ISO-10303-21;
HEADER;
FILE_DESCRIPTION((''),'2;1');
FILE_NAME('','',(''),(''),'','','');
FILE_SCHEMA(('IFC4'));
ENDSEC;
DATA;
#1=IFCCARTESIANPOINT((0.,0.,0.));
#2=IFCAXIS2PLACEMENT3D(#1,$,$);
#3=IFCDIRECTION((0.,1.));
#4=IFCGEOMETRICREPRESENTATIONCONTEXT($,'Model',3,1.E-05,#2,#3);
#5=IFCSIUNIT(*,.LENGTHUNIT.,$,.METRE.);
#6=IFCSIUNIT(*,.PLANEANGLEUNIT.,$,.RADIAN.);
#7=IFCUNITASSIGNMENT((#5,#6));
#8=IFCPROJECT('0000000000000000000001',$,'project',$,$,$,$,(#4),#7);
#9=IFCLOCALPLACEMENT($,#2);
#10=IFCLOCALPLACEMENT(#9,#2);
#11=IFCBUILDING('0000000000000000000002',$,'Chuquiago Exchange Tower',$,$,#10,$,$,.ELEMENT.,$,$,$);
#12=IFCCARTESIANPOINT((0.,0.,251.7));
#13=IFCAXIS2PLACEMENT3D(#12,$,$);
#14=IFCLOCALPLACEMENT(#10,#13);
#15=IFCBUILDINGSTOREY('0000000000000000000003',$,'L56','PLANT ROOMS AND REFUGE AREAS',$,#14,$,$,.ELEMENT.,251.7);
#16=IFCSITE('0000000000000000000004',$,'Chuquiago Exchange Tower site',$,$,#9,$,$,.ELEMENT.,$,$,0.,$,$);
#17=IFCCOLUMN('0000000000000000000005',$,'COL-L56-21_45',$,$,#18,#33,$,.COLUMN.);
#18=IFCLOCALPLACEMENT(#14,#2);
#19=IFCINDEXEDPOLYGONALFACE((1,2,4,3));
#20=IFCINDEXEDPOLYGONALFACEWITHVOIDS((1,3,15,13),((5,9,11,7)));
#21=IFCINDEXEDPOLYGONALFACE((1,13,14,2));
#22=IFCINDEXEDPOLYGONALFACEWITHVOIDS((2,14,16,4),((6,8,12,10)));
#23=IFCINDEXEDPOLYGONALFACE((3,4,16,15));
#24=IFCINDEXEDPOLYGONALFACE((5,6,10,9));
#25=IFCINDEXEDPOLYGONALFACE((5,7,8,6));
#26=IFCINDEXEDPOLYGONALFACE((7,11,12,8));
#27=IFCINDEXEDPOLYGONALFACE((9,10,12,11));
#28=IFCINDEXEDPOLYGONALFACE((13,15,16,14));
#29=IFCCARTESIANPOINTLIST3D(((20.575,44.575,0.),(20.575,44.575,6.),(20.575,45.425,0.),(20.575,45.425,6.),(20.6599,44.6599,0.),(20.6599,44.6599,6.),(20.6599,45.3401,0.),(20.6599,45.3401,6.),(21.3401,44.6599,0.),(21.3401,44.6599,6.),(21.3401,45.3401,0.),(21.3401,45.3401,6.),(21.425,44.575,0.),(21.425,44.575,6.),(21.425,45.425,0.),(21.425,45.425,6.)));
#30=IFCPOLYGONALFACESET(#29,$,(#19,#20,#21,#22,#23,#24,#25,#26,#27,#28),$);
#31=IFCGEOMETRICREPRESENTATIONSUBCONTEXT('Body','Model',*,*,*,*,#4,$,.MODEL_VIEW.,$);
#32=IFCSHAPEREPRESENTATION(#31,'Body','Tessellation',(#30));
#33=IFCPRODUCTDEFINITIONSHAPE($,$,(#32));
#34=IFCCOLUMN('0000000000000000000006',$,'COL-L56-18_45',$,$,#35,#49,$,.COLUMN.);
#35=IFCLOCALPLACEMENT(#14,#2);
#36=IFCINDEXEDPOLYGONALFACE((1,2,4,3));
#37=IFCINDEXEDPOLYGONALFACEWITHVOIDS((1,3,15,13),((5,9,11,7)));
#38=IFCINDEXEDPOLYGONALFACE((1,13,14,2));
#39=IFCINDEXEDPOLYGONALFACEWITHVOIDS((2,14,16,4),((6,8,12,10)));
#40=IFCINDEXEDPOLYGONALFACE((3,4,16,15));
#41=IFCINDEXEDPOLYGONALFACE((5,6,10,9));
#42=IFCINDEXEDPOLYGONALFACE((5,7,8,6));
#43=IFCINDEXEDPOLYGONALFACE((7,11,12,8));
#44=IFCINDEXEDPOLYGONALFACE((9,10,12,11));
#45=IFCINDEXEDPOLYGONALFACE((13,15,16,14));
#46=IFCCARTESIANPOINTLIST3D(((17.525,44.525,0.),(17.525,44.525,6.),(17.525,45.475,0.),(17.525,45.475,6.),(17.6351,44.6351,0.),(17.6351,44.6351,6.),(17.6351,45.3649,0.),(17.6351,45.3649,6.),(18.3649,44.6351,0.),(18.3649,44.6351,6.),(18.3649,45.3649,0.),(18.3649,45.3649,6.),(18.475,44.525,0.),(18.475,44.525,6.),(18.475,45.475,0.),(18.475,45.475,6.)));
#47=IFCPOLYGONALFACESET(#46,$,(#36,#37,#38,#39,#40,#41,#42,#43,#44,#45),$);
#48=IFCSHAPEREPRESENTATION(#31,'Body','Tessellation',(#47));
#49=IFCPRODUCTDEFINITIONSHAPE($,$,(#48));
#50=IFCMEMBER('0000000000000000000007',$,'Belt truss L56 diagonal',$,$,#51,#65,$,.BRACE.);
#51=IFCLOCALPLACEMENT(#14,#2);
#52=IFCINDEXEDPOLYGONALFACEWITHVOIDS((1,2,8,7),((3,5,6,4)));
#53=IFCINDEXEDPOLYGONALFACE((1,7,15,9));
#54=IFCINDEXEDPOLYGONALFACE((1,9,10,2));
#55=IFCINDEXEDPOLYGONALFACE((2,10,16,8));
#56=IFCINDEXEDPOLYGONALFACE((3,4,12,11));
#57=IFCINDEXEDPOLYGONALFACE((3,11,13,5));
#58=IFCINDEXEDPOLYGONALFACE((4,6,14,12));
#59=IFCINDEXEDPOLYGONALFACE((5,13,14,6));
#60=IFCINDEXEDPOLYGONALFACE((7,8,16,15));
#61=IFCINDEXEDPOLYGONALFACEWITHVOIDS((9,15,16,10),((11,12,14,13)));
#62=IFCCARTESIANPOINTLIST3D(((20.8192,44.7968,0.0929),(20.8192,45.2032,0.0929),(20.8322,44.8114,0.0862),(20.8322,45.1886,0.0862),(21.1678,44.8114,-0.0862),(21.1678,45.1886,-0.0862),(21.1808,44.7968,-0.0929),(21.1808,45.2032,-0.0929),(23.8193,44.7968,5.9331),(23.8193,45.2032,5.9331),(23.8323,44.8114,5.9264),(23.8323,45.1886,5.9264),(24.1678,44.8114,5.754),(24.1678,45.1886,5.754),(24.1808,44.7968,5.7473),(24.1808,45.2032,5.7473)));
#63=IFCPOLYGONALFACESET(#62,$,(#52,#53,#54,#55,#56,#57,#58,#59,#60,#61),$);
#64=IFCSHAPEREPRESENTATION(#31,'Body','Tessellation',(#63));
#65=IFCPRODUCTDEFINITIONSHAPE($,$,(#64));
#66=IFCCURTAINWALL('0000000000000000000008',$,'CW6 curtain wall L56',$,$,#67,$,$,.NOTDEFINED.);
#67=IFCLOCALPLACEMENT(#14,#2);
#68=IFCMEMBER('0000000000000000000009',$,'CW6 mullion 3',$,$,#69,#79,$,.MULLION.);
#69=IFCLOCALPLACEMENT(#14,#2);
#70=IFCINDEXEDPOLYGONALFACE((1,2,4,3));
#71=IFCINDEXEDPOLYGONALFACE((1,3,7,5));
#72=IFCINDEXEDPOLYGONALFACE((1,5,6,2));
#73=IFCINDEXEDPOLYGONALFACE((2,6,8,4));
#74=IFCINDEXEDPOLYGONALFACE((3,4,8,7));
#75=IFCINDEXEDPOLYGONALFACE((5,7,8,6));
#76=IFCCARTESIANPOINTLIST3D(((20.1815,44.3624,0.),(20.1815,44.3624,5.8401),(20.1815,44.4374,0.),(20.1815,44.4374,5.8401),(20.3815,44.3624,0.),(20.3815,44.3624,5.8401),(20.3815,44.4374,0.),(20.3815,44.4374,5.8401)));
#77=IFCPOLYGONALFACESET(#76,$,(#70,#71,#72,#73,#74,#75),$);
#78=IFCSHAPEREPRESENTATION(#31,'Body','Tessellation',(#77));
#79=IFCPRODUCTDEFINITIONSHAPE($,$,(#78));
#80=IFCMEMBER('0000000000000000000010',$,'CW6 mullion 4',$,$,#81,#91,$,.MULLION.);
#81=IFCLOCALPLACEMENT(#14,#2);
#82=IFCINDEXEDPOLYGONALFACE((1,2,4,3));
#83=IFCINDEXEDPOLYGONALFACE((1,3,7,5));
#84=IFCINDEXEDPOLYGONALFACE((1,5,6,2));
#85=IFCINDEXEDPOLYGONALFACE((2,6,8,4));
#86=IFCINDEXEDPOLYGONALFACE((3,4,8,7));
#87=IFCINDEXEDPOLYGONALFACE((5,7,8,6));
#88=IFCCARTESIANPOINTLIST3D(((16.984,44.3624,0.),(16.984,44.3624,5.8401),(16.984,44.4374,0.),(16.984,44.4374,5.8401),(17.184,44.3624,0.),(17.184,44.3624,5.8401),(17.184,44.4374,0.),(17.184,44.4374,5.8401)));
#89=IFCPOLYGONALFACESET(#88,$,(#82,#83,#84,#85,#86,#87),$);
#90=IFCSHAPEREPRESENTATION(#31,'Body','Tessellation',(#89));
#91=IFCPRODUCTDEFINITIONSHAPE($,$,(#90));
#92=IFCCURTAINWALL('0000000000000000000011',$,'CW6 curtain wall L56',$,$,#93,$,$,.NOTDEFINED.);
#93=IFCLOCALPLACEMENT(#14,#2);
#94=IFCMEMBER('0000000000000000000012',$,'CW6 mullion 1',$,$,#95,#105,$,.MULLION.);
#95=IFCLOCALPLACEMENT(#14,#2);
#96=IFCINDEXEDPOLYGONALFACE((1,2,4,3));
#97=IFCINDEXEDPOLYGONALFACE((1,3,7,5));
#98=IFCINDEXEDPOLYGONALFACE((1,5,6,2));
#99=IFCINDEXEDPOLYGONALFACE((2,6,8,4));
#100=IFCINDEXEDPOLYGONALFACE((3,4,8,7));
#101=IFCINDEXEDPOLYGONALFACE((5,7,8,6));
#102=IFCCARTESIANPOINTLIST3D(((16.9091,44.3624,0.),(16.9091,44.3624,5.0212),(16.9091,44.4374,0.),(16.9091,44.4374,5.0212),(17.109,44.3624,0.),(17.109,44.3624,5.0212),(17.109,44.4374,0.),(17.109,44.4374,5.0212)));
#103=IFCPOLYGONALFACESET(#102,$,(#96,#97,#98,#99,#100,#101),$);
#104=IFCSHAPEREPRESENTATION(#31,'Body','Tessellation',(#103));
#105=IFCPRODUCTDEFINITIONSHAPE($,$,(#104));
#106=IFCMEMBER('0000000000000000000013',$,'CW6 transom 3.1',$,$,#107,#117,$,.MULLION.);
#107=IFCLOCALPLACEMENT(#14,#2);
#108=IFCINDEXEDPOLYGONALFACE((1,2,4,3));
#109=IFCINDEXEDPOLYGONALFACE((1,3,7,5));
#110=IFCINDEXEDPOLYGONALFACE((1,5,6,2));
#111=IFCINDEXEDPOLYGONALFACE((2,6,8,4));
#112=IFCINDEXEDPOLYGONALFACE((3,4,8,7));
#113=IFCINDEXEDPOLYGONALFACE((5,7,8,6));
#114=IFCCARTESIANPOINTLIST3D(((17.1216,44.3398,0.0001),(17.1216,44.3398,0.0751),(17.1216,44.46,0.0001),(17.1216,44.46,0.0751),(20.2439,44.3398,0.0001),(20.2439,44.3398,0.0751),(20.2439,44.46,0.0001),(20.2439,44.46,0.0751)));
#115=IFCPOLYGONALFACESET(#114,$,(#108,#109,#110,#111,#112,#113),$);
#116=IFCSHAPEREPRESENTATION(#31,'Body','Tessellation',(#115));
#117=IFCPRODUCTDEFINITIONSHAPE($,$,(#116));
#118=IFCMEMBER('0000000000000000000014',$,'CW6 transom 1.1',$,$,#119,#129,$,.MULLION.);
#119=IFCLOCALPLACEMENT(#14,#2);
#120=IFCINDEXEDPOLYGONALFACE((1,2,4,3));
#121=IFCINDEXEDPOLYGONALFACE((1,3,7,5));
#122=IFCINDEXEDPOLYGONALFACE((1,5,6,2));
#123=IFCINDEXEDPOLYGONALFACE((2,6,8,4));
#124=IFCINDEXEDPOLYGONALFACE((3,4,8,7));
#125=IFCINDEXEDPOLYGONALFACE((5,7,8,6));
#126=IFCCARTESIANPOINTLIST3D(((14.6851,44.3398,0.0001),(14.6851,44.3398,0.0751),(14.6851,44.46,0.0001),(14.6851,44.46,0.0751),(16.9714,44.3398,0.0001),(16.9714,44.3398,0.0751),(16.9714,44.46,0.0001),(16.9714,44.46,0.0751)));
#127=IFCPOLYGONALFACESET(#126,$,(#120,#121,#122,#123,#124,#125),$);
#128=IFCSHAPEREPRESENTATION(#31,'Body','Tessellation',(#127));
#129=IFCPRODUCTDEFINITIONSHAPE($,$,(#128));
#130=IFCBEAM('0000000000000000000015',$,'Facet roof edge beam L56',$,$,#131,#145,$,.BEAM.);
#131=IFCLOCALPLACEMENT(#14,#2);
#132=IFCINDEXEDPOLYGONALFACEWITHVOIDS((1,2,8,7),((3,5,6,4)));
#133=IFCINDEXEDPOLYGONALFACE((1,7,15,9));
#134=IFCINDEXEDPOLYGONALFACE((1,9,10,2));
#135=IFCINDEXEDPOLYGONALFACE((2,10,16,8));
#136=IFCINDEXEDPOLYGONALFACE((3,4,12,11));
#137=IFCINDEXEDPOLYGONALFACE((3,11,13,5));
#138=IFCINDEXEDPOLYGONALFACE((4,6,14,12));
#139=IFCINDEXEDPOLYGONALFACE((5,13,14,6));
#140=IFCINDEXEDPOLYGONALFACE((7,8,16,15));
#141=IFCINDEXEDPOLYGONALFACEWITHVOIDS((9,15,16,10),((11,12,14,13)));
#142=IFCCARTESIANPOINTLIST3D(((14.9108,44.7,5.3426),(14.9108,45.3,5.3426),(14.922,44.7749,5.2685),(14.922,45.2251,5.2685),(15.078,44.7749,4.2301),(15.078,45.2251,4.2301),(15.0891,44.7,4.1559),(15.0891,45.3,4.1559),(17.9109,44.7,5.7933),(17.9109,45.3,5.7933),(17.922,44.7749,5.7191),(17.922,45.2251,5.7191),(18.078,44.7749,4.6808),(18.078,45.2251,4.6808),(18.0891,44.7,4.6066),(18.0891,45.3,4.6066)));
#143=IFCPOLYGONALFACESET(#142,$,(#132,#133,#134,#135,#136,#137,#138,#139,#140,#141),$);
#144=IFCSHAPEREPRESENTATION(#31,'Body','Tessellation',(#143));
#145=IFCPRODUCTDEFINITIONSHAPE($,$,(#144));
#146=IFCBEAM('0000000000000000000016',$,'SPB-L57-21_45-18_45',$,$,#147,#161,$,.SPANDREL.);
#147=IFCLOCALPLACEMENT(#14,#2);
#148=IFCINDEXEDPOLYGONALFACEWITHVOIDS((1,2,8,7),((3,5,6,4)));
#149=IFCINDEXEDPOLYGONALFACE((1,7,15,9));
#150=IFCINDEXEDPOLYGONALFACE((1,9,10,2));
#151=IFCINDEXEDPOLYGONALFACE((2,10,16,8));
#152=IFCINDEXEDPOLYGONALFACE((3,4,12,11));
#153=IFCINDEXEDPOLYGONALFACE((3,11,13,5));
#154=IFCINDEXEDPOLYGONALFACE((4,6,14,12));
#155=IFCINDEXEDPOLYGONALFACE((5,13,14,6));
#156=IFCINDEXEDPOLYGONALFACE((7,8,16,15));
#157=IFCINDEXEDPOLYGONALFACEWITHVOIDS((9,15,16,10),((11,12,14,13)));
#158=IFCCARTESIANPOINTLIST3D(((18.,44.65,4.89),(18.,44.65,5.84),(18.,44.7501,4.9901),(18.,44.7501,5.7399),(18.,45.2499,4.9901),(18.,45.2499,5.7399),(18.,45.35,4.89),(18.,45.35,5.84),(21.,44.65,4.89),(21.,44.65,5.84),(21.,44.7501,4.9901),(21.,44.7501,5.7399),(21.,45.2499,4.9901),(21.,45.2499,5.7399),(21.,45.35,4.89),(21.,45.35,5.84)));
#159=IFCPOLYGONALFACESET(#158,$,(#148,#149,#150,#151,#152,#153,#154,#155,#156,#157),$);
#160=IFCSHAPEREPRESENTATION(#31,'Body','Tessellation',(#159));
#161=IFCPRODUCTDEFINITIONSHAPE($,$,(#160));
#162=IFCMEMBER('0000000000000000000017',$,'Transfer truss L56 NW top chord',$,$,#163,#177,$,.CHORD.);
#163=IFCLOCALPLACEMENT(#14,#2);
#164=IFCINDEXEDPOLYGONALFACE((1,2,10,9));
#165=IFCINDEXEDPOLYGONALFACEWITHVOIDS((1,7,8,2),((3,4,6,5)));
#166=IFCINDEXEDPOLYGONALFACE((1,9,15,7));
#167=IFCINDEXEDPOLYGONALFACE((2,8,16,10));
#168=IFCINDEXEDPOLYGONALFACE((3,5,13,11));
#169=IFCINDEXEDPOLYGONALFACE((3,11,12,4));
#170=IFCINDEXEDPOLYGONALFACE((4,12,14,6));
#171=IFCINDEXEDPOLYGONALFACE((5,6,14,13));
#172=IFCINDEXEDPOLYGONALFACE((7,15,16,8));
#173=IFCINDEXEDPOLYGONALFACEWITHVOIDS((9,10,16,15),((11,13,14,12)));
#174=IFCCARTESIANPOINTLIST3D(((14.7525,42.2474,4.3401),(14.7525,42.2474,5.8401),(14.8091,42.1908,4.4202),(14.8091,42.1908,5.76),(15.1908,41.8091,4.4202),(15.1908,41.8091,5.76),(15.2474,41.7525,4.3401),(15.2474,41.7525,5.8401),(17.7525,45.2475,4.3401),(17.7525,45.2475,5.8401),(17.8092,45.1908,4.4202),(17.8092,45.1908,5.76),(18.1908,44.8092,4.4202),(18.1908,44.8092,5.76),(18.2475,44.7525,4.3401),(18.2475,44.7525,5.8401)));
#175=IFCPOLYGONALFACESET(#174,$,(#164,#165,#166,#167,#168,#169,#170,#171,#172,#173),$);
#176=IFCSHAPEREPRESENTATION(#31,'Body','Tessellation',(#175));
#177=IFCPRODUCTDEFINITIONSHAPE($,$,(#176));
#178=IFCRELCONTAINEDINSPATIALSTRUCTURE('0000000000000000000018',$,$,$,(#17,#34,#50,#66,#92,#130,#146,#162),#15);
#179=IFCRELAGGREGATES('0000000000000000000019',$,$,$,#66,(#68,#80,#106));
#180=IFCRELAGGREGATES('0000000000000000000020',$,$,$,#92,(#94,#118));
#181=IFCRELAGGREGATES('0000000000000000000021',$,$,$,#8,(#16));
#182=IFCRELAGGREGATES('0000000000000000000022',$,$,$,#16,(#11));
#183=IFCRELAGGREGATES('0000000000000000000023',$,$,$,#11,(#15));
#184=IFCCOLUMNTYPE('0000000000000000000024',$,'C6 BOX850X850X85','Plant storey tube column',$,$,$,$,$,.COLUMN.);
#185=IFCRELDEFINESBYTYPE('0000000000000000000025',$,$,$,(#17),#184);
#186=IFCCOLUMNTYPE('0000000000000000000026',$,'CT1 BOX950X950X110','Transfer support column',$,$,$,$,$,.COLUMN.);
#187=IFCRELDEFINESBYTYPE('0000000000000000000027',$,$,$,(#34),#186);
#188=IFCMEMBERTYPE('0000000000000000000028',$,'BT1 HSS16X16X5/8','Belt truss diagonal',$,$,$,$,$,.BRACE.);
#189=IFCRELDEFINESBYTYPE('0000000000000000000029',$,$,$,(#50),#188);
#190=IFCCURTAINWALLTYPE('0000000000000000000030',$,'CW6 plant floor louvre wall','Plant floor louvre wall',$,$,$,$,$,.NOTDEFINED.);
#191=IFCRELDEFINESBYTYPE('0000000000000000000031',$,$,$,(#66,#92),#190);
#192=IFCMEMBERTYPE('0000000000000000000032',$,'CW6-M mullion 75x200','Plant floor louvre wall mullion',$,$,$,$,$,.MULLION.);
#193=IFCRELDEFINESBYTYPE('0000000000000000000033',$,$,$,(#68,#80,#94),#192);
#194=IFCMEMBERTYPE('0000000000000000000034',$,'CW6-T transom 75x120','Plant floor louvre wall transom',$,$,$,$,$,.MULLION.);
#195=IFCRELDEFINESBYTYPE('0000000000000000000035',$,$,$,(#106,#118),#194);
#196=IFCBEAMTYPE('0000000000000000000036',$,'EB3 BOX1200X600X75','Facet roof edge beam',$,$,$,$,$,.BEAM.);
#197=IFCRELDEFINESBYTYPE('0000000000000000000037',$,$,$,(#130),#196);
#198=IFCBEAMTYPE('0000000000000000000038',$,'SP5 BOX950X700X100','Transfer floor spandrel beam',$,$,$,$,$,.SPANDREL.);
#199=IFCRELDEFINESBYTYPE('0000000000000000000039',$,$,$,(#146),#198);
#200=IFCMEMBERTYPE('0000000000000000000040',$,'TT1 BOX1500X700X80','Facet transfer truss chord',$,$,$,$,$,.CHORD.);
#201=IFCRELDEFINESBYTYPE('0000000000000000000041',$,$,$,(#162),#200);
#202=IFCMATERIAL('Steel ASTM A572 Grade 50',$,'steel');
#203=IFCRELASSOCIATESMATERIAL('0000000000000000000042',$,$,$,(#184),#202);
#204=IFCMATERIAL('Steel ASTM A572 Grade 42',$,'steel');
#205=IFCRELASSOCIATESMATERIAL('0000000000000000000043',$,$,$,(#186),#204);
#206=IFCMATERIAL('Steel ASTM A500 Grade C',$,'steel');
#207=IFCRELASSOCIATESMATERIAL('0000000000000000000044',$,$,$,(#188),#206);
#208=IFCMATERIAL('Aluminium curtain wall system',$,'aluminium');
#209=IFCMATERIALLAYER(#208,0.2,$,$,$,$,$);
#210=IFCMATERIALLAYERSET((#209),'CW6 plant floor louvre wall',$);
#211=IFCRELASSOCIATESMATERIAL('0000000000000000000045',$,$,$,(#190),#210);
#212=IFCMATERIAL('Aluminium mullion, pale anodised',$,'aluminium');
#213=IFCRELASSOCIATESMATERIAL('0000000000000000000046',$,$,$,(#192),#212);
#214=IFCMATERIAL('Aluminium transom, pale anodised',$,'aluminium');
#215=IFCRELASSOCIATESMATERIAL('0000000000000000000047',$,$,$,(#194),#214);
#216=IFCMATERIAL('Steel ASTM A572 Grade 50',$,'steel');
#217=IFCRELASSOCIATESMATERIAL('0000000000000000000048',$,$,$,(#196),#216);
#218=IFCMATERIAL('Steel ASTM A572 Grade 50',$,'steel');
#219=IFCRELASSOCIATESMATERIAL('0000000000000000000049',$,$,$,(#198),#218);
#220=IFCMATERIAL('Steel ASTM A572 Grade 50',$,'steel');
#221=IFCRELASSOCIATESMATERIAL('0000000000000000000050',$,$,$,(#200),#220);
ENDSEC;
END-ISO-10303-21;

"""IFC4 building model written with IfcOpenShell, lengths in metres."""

from ifc_helpers import new_model, si_unit, direction, frame, origin, origin_2d, place, context, subcontext, project, spatial, rectangle, hollow_rectangle, extrude, material, layer, layer_set, material_profile, profile_set, type_object, element, aggregate, save


model = new_model("IFC4")

# Units and contexts
model_context = context("Model", 3, precision=1e-05, world=origin(), true_north=direction((0.0, 1.0)))
body_context = subcontext(model_context, "Body", "Model", "MODEL_VIEW")
ifc_project = project(units=[si_unit("LENGTHUNIT", "METRE"), si_unit("PLANEANGLEUNIT", "RADIAN")], contexts=[model_context])

# Site, building, storey
site_placement = place(None, origin())
site = spatial("IfcSite", under=ifc_project, at=site_placement, Name="Chuquiago Exchange Tower site", CompositionType="ELEMENT", RefElevation=0.0)
building_placement = place(site_placement, origin())
building = spatial("IfcBuilding", under=site, at=building_placement, Name="Chuquiago Exchange Tower", CompositionType="ELEMENT")
storey_placement = place(building_placement, frame((0.0, 0.0, 251.7)))
storey = spatial("IfcBuildingStorey", under=building, at=storey_placement, Name="L56", Description="PLANT ROOMS AND REFUGE AREAS", CompositionType="ELEMENT", Elevation=251.7)

# Columns
ifc_material_1 = material(Name="Steel ASTM A572 Grade 50", Category="steel")
ifc_material_profile_1 = material_profile(ifc_material_1, hollow_rectangle(XDim=0.8501, YDim=0.8501, WallThickness=0.085, at=origin_2d()), Name="BOX850X850X85")
ifc_profile_set_1 = profile_set([ifc_material_profile_1], Name="Steel ASTM A572 Grade 50")
column_type_1 = type_object("IfcColumnType", Name="C6 BOX850X850X85", Description="Plant storey tube column", PredefinedType="COLUMN", material=ifc_profile_set_1)
column_1_placement = place(storey_placement, frame((21.0, 45.0, 0.0), z_axis=(0.0, 0.0, 1.0), x_axis=(0.0, 1.0, 0.0)))
element("IfcColumn", 1, at=column_1_placement, inside=storey, type_object=column_type_1, Name="COL-L56-21_45", PredefinedType="COLUMN", context=body_context, shape_type="SweptSolid", body=[
    extrude(hollow_rectangle(XDim=0.8501, YDim=0.8501, WallThickness=0.085, at=origin_2d()), origin(), (0.0, 0.0, 1.0), 6.0),
])
ifc_material_2 = material(Name="Steel ASTM A572 Grade 42", Category="steel")
ifc_material_profile_2 = material_profile(ifc_material_2, hollow_rectangle(XDim=0.95, YDim=0.95, WallThickness=0.1101, at=origin_2d()), Name="BOX950X950X110")
ifc_profile_set_2 = profile_set([ifc_material_profile_2], Name="Steel ASTM A572 Grade 42")
column_type_2 = type_object("IfcColumnType", Name="CT1 BOX950X950X110", Description="Transfer support column", PredefinedType="COLUMN", material=ifc_profile_set_2)
column_2_placement = place(storey_placement, frame((18.0, 45.0, 0.0), z_axis=(0.0, 0.0, 1.0), x_axis=(0.0, 1.0, 0.0)))
element("IfcColumn", 2, at=column_2_placement, inside=storey, type_object=column_type_2, Name="COL-L56-18_45", PredefinedType="COLUMN", context=body_context, shape_type="SweptSolid", body=[
    extrude(hollow_rectangle(XDim=0.95, YDim=0.95, WallThickness=0.1101, at=origin_2d()), origin(), (0.0, 0.0, 1.0), 6.0),
])

# Member
ifc_material_3 = material(Name="Steel ASTM A500 Grade C", Category="steel")
ifc_material_profile_3 = material_profile(ifc_material_3, hollow_rectangle(XDim=0.4065, YDim=0.4065, WallThickness=0.0146, at=origin_2d()), Name="HSS16X16X5/8")
ifc_profile_set_3 = profile_set([ifc_material_profile_3], Name="Steel ASTM A500 Grade C")
member_type_1 = type_object("IfcMemberType", Name="BT1 HSS16X16X5/8", Description="Belt truss diagonal", PredefinedType="BRACE", material=ifc_profile_set_3)
member_1_placement = place(storey_placement, frame((21.0, 45.0, 0.0), z_axis=(0.45693, 0.0, 0.889503), x_axis=(0.0, 1.0, 0.0)))
element("IfcMember", 3, at=member_1_placement, inside=storey, type_object=member_type_1, Name="Belt truss L56 diagonal", PredefinedType="BRACE", context=body_context, shape_type="SweptSolid", body=[
    extrude(hollow_rectangle(XDim=0.4065, YDim=0.4065, WallThickness=0.0146, at=origin_2d()), origin(), (0.0, 0.0, 1.0), 6.5657),
])

# Curtain wall, members
ifc_material_4 = material(Name="Aluminium curtain wall system", Category="aluminium")
ifc_layer_1 = layer(ifc_material_4, 0.2)
ifc_layer_set_1 = layer_set([ifc_layer_1], Name="CW6 plant floor louvre wall")
curtain_wall_type = type_object("IfcCurtainWallType", Name="CW6 plant floor louvre wall", Description="Plant floor louvre wall", PredefinedType="NOTDEFINED", material=ifc_layer_set_1)
curtain_wall_1_placement = place(storey_placement, origin())
curtain_wall_1 = element("IfcCurtainWall", 4, at=curtain_wall_1_placement, inside=storey, type_object=curtain_wall_type, Name="CW6 curtain wall L56", PredefinedType="NOTDEFINED")
ifc_material_5 = material(Name="Aluminium mullion, pale anodised", Category="aluminium")
ifc_material_profile_4 = material_profile(ifc_material_5, rectangle(XDim=0.075, YDim=0.2, at=origin_2d()), Name="AL 75x200")
ifc_profile_set_4 = profile_set([ifc_material_profile_4], Name="Aluminium mullion, pale anodised")
member_type_2 = type_object("IfcMemberType", Name="CW6-M mullion 75x200", Description="Plant floor louvre wall mullion", PredefinedType="MULLION", material=ifc_profile_set_4)
member_2_placement = place(storey_placement, frame((20.2815, 44.3999, 0.0), z_axis=(0.0, 0.0, 1.0), x_axis=(0.0, -1.0, 0.0)))
member_2 = element("IfcMember", 5, at=member_2_placement, type_object=member_type_2, Name="CW6 mullion 3", PredefinedType="MULLION", context=body_context, shape_type="SweptSolid", body=[
    extrude(rectangle(XDim=0.075, YDim=0.2, at=origin_2d()), origin(), (0.0, 0.0, 1.0), 5.8401),
])
member_3_placement = place(storey_placement, frame((17.084, 44.3999, 0.0), z_axis=(0.0, 0.0, 1.0), x_axis=(0.0, -1.0, 0.0)))
member_3 = element("IfcMember", 6, at=member_3_placement, type_object=member_type_2, Name="CW6 mullion 4", PredefinedType="MULLION", context=body_context, shape_type="SweptSolid", body=[
    extrude(rectangle(XDim=0.075, YDim=0.2, at=origin_2d()), origin(), (0.0, 0.0, 1.0), 5.8401),
])

# Curtain wall, member
curtain_wall_2_placement = place(storey_placement, origin())
curtain_wall_2 = element("IfcCurtainWall", 7, at=curtain_wall_2_placement, inside=storey, type_object=curtain_wall_type, Name="CW6 curtain wall L56", PredefinedType="NOTDEFINED")
member_4_placement = place(storey_placement, frame((17.009, 44.3999, 0.0), z_axis=(0.0, 0.0, 1.0), x_axis=(0.0, -1.0, 0.0)))
member_4 = element("IfcMember", 8, at=member_4_placement, type_object=member_type_2, Name="CW6 mullion 1", PredefinedType="MULLION", context=body_context, shape_type="SweptSolid", body=[
    extrude(rectangle(XDim=0.075, YDim=0.2, at=origin_2d()), origin(), (0.0, 0.0, 1.0), 5.0212),
])

# Members
ifc_material_6 = material(Name="Aluminium transom, pale anodised", Category="aluminium")
ifc_material_profile_5 = material_profile(ifc_material_6, rectangle(XDim=0.1201, YDim=0.075, at=origin_2d()), Name="AL 120x75")
ifc_profile_set_5 = profile_set([ifc_material_profile_5], Name="Aluminium transom, pale anodised")
member_type_3 = type_object("IfcMemberType", Name="CW6-T transom 75x120", Description="Plant floor louvre wall transom", PredefinedType="MULLION", material=ifc_profile_set_5)
member_5_placement = place(storey_placement, frame((20.2439, 44.3999, 0.0376), z_axis=(-1.0, 0.0, 0.0), x_axis=(0.0, -1.0, 0.0)))
member_5 = element("IfcMember", 9, at=member_5_placement, type_object=member_type_3, Name="CW6 transom 3.1", PredefinedType="MULLION", context=body_context, shape_type="SweptSolid", body=[
    extrude(rectangle(XDim=0.1201, YDim=0.075, at=origin_2d()), origin(), (0.0, 0.0, 1.0), 3.1223),
])
member_6_placement = place(storey_placement, frame((16.9714, 44.3999, 0.0376), z_axis=(-1.0, 0.0, 0.0), x_axis=(0.0, -1.0, 0.0)))
member_6 = element("IfcMember", 10, at=member_6_placement, type_object=member_type_3, Name="CW6 transom 1.1", PredefinedType="MULLION", context=body_context, shape_type="SweptSolid", body=[
    extrude(rectangle(XDim=0.1201, YDim=0.075, at=origin_2d()), origin(), (0.0, 0.0, 1.0), 2.2864),
])

# Beams
ifc_material_7 = material(Name="Steel ASTM A572 Grade 50", Category="steel")
ifc_material_profile_6 = material_profile(ifc_material_7, hollow_rectangle(XDim=0.6001, YDim=1.2, WallThickness=0.075, at=origin_2d()), Name="BOX1200X600X75")
ifc_profile_set_6 = profile_set([ifc_material_profile_6], Name="Steel ASTM A572 Grade 50")
beam_type_1 = type_object("IfcBeamType", Name="EB3 BOX1200X600X75", Description="Facet roof edge beam", PredefinedType="BEAM", material=ifc_profile_set_6)
beam_1_placement = place(storey_placement, frame((18.0, 45.0, 5.2), z_axis=(-0.988903, 0.0, -0.148561), x_axis=(0.0, -1.0, 0.0)))
element("IfcBeam", 11, at=beam_1_placement, inside=storey, type_object=beam_type_1, Name="Facet roof edge beam L56", PredefinedType="BEAM", context=body_context, shape_type="SweptSolid", body=[
    extrude(hollow_rectangle(XDim=0.6001, YDim=1.2, WallThickness=0.075, at=origin_2d()), origin(), (0.0, 0.0, 1.0), 3.0337),
])
ifc_material_8 = material(Name="Steel ASTM A572 Grade 50", Category="steel")
ifc_material_profile_7 = material_profile(ifc_material_8, hollow_rectangle(XDim=0.7, YDim=0.95, WallThickness=0.1001, at=origin_2d()), Name="BOX950X700X100")
ifc_profile_set_7 = profile_set([ifc_material_profile_7], Name="Steel ASTM A572 Grade 50")
beam_type_2 = type_object("IfcBeamType", Name="SP5 BOX950X700X100", Description="Transfer floor spandrel beam", PredefinedType="SPANDREL", material=ifc_profile_set_7)
beam_2_placement = place(storey_placement, frame((21.0, 45.0, 5.365), z_axis=(-1.0, 0.0, 0.0), x_axis=(0.0, -1.0, 0.0)))
element("IfcBeam", 12, at=beam_2_placement, inside=storey, type_object=beam_type_2, Name="SPB-L57-21_45-18_45", PredefinedType="SPANDREL", context=body_context, shape_type="SweptSolid", body=[
    extrude(hollow_rectangle(XDim=0.7, YDim=0.95, WallThickness=0.1001, at=origin_2d()), origin(), (0.0, 0.0, 1.0), 3.0),
])

# Member
ifc_material_9 = material(Name="Steel ASTM A572 Grade 50", Category="steel")
ifc_material_profile_8 = material_profile(ifc_material_9, hollow_rectangle(XDim=0.7, YDim=1.5, WallThickness=0.0801, at=origin_2d()), Name="BOX1500X700X80")
ifc_profile_set_8 = profile_set([ifc_material_profile_8], Name="Steel ASTM A572 Grade 50")
member_type_4 = type_object("IfcMemberType", Name="TT1 BOX1500X700X80", Description="Facet transfer truss chord", PredefinedType="CHORD", material=ifc_profile_set_8)
member_7_placement = place(storey_placement, frame((18.0, 45.0, 5.0901), z_axis=(-0.707107, -0.707107, 0.0), x_axis=(0.707107, -0.707107, 0.0)))
element("IfcMember", 13, at=member_7_placement, inside=storey, type_object=member_type_4, Name="Transfer truss L56 NW top chord", PredefinedType="CHORD", context=body_context, shape_type="SweptSolid", body=[
    extrude(hollow_rectangle(XDim=0.7, YDim=1.5, WallThickness=0.0801, at=origin_2d()), origin(), (0.0, 0.0, 1.0), 4.2427),
])

aggregate(curtain_wall_1, [member_2, member_3, member_5])
aggregate(curtain_wall_2, [member_4, member_6])

save(model, "model.ifc")
